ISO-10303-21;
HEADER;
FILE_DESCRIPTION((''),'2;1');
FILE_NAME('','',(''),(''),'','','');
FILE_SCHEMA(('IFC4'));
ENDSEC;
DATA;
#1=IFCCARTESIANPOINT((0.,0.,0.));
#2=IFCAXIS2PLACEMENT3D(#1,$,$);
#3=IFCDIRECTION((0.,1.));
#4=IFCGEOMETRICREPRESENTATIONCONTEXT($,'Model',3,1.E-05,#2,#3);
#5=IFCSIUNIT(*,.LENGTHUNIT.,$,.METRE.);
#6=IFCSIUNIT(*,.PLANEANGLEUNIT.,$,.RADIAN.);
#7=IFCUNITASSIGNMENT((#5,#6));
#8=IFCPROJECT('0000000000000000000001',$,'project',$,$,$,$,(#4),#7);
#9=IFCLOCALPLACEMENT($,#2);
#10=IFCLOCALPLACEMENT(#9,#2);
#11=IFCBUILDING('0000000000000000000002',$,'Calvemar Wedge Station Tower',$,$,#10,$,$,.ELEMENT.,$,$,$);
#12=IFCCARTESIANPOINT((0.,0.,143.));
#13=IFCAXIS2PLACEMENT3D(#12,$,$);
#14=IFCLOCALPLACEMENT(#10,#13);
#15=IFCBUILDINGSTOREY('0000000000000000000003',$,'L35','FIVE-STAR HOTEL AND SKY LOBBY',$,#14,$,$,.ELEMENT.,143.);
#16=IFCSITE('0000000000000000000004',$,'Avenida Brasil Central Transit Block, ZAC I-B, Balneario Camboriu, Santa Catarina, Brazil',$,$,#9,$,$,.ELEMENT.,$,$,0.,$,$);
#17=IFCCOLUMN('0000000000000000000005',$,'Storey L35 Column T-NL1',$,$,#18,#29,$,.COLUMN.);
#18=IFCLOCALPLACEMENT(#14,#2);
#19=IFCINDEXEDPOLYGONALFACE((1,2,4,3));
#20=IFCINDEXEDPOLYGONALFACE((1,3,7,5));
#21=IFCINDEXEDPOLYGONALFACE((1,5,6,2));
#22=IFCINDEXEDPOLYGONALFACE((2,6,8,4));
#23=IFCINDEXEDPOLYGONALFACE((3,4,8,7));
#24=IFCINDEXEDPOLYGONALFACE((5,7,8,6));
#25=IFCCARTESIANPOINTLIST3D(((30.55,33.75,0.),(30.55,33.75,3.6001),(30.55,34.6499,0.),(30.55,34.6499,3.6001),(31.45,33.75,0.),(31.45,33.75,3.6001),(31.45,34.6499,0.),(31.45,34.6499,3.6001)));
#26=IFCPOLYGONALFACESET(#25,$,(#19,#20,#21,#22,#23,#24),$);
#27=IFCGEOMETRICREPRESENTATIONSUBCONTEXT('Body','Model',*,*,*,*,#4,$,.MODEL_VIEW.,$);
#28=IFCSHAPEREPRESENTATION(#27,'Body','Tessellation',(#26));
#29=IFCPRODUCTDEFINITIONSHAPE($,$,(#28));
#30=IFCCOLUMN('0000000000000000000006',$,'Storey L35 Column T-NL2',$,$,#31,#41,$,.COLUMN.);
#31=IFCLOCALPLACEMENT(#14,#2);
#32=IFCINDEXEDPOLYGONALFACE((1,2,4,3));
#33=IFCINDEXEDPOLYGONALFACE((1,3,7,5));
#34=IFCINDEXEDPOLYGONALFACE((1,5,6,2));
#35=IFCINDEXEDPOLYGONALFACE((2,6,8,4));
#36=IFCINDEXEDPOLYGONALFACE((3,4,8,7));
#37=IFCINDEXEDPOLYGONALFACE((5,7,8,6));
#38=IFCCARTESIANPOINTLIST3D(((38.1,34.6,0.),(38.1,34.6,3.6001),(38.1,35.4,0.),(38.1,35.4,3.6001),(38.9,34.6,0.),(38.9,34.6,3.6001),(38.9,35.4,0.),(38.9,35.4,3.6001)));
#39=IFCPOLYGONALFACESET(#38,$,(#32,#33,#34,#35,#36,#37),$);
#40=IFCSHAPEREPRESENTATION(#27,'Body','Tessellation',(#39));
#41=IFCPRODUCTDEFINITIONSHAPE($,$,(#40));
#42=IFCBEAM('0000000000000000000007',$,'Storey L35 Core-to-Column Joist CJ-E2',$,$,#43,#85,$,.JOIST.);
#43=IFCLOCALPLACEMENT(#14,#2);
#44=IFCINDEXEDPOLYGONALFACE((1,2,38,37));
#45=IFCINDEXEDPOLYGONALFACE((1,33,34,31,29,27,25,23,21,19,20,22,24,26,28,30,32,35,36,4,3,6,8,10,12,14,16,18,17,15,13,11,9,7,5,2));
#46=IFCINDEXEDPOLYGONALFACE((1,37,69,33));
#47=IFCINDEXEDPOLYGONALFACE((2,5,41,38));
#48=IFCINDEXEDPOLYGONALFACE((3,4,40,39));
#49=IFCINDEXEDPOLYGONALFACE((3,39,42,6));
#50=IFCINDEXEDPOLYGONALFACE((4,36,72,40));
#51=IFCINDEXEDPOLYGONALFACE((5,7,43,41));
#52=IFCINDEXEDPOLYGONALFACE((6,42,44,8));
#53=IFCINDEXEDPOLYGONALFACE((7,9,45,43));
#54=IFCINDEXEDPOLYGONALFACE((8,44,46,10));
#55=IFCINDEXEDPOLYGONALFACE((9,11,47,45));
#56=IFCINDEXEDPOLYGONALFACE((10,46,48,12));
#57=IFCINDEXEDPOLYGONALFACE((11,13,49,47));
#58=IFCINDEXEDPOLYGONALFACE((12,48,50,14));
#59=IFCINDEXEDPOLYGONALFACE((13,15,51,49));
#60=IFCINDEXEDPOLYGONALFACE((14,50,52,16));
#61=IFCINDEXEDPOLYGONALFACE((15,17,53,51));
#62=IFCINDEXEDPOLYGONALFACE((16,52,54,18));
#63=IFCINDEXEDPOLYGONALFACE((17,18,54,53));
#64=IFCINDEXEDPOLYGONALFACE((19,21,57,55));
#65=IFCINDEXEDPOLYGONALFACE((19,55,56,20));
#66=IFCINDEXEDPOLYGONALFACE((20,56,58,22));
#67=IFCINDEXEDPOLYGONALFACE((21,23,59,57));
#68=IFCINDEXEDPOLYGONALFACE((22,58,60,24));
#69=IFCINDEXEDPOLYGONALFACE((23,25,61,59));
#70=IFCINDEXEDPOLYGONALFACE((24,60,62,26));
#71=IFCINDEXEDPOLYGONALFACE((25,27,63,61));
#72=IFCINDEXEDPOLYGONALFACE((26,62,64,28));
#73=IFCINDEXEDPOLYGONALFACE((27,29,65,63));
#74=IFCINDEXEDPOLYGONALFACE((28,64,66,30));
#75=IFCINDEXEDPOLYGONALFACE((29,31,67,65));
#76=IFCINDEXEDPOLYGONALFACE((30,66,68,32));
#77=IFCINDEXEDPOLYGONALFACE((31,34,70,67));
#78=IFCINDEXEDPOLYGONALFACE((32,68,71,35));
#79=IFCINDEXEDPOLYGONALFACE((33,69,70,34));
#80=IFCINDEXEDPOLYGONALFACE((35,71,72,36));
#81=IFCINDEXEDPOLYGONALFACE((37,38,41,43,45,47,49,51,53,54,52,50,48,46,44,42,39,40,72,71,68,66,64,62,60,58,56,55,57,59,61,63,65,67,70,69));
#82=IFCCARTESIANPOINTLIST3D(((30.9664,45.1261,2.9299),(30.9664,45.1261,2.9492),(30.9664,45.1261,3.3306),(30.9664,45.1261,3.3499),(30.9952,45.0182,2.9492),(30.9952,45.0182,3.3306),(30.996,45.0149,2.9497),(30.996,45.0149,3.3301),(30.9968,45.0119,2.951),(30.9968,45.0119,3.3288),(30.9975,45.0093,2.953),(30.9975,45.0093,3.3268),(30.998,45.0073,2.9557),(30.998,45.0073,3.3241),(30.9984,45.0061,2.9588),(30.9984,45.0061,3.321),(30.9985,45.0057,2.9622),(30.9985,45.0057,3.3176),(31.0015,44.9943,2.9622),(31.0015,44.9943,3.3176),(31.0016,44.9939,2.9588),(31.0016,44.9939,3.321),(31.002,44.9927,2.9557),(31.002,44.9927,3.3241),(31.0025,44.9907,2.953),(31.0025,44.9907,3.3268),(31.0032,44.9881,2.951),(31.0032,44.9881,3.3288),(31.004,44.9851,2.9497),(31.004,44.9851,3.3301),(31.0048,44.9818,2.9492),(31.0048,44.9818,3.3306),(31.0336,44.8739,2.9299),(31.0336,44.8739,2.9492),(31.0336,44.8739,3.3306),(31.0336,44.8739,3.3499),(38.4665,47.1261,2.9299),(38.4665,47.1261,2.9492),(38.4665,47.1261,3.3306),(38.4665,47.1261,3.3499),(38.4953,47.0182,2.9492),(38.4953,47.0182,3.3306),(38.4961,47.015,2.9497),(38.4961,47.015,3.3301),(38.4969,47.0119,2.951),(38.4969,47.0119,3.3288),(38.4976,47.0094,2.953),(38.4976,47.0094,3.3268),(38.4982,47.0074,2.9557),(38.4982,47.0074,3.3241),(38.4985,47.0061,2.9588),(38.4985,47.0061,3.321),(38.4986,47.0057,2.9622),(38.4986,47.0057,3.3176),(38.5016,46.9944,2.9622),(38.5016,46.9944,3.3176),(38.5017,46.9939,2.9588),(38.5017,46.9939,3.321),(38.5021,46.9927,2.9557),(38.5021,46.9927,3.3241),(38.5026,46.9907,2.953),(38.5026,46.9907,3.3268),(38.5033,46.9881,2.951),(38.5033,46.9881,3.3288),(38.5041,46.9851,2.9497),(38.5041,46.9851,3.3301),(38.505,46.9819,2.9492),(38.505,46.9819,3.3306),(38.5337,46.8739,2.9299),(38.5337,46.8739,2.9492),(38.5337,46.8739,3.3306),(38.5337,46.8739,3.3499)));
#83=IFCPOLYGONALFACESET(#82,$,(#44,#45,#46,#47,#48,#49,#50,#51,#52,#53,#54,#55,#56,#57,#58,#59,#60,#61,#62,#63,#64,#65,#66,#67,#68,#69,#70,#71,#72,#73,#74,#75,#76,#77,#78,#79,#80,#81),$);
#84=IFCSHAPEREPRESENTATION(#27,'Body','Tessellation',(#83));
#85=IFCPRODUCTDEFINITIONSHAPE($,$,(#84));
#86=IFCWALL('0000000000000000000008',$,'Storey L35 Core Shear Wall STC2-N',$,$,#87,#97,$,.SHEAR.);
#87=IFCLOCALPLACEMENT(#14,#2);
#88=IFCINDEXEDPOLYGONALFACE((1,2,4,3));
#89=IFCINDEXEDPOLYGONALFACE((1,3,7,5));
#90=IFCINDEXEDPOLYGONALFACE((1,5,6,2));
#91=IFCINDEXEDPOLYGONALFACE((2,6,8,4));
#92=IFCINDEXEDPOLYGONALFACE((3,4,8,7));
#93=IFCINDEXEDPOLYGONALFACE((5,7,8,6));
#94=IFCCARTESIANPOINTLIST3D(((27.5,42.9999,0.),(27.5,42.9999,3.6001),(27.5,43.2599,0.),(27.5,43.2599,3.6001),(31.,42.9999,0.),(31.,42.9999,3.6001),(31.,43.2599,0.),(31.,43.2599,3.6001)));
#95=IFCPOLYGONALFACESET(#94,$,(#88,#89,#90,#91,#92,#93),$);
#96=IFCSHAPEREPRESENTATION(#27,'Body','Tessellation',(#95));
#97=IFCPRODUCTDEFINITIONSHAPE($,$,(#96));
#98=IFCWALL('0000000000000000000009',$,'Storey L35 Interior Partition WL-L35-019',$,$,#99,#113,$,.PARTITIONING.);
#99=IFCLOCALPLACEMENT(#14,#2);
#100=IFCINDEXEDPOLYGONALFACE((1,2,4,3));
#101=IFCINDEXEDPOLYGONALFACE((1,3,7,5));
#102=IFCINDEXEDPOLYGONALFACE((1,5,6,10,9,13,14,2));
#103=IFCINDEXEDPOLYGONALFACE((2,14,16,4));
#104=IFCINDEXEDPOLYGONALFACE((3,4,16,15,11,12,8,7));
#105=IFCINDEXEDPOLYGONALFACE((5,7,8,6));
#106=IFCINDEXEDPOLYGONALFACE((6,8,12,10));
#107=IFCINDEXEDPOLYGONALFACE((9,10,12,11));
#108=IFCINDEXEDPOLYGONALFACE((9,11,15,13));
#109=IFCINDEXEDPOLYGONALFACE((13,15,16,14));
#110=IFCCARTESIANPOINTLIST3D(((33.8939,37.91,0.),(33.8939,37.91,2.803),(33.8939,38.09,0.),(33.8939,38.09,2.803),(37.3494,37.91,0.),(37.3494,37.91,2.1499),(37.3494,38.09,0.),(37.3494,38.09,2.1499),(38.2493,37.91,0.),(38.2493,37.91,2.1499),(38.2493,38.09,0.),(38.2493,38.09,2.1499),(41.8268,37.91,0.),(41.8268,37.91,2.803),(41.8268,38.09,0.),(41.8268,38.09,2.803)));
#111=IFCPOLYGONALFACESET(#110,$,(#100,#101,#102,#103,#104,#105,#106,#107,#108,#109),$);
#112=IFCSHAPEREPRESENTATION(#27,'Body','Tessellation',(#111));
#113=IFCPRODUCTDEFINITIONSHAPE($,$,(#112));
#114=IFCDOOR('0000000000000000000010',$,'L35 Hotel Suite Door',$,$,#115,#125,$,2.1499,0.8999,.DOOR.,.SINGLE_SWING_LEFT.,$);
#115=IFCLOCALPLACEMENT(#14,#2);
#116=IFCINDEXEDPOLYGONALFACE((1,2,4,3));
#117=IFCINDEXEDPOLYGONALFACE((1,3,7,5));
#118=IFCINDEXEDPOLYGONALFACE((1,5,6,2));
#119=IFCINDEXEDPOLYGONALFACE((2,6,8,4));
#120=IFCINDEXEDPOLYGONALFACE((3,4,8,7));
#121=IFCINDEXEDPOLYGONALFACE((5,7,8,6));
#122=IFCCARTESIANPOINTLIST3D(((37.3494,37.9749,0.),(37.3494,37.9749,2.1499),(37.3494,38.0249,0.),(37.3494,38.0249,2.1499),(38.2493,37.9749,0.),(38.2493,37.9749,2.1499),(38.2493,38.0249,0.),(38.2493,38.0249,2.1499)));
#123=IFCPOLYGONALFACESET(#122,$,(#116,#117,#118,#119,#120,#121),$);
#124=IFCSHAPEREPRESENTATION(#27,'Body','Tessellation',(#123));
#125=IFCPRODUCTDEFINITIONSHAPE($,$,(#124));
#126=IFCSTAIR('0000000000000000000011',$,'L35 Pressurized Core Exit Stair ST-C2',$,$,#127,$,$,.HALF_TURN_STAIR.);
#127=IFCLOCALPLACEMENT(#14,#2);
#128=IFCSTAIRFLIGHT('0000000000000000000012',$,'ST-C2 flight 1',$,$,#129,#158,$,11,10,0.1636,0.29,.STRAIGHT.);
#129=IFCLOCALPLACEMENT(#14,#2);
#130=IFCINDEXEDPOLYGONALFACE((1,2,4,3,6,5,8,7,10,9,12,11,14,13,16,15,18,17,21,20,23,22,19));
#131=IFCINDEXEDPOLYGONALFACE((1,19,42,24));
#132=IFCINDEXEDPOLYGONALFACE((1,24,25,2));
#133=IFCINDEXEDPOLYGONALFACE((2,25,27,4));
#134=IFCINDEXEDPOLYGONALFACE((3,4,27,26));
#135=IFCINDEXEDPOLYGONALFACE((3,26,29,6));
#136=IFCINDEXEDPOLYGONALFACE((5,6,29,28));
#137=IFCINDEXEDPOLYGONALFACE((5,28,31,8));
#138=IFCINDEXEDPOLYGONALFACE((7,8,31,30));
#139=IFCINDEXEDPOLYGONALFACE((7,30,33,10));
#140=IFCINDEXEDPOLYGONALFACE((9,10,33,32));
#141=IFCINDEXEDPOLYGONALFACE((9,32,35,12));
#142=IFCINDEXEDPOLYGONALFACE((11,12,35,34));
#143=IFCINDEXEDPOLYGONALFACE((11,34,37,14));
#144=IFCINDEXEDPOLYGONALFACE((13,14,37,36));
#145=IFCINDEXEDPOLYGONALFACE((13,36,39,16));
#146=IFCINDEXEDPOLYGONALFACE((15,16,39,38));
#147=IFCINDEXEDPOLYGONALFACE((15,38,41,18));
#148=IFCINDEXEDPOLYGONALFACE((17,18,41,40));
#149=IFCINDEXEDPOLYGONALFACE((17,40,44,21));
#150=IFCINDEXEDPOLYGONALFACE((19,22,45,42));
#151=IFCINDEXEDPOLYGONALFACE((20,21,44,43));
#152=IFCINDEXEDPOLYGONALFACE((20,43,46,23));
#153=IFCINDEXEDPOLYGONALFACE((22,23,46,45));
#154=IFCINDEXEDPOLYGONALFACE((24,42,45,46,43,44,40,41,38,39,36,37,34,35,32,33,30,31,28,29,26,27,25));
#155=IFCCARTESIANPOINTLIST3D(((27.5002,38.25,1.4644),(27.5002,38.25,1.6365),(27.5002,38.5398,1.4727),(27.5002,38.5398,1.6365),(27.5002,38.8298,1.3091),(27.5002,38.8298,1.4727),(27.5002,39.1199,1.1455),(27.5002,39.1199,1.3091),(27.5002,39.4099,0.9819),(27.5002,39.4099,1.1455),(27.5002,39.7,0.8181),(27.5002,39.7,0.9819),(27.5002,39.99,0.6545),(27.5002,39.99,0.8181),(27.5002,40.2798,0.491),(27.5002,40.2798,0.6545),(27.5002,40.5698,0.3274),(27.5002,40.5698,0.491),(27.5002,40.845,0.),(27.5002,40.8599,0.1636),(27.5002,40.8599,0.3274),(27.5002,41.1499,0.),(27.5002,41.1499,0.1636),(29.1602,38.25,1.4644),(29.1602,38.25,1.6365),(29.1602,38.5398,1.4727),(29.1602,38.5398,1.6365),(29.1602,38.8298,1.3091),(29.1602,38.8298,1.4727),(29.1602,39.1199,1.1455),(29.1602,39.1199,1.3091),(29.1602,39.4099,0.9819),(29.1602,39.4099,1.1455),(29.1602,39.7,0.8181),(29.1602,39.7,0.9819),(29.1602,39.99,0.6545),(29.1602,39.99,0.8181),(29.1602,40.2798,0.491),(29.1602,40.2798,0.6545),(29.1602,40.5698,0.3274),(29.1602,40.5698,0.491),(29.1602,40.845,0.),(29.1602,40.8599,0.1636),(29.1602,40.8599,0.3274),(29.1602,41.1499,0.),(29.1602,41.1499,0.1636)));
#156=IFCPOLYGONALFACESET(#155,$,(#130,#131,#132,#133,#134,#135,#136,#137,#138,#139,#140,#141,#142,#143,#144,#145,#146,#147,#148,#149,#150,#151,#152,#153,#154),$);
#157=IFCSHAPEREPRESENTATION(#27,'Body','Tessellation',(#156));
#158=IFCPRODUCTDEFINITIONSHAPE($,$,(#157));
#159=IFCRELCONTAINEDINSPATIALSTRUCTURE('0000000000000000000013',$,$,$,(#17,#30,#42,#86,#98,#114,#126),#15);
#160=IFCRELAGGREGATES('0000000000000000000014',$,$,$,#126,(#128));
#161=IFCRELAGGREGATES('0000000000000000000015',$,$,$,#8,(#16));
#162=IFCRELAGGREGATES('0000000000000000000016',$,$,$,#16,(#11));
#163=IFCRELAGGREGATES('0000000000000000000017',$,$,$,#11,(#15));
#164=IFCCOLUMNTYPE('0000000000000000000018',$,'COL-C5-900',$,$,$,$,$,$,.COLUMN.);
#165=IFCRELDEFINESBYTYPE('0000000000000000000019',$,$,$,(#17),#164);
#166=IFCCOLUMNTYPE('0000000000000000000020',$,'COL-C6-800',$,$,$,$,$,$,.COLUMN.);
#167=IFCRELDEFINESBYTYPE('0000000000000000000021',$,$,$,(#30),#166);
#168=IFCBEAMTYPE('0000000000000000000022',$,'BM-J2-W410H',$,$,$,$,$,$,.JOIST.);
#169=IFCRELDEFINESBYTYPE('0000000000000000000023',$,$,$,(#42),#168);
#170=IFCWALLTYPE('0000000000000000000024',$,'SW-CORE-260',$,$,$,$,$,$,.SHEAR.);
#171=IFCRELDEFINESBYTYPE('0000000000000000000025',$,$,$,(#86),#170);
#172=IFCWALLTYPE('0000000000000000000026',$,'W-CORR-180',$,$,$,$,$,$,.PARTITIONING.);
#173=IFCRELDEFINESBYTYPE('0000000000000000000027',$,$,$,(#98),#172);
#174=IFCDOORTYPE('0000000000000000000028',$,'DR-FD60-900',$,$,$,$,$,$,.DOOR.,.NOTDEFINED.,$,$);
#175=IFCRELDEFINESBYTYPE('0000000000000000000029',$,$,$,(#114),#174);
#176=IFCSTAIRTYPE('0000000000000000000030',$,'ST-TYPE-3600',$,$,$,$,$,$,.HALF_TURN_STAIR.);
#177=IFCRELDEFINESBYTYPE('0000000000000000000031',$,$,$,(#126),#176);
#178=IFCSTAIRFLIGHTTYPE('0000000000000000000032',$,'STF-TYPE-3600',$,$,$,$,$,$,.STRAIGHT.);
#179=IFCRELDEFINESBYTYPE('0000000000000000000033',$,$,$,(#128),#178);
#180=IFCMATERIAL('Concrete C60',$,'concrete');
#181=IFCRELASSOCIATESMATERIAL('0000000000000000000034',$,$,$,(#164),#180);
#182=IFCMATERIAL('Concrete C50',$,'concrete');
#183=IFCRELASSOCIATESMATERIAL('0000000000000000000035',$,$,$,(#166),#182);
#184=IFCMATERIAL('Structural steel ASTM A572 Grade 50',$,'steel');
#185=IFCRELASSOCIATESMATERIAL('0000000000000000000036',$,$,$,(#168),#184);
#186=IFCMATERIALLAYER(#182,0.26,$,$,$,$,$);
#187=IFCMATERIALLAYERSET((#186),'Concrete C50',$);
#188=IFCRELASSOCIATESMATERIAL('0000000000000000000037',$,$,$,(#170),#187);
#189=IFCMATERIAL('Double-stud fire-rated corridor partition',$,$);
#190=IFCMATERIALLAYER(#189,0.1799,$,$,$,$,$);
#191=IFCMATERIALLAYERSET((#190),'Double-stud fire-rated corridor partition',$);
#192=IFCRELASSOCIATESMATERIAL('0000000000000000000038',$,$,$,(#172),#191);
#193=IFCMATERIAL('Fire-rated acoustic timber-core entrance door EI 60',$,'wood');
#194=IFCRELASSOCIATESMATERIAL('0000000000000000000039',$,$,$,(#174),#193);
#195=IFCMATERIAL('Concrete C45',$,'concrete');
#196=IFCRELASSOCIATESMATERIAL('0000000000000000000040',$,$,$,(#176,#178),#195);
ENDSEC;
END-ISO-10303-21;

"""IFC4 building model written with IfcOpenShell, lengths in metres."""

from ifc_helpers import new_model, si_unit, direction, frame, frame_2d, origin, origin_2d, place, context, subcontext, project, spatial, polyline, rectangle, i_section, outline, extrude, source, transform, mapped, material, layer, layer_set, material_profile, profile_set, type_object, element, fill, aggregate, save


model = new_model("IFC4")

# Units and contexts
model_context = context("Model", 3, precision=1e-05, world=origin(), true_north=direction((0.0, 1.0)))
body_context = subcontext(model_context, "Body", "Model", "MODEL_VIEW")
ifc_project = project(units=[si_unit("LENGTHUNIT", "METRE"), si_unit("PLANEANGLEUNIT", "RADIAN")], contexts=[model_context])

# Site, building, storey
site_placement = place(None, origin())
site = spatial("IfcSite", under=ifc_project, at=site_placement, Name="Avenida Brasil Central Transit Block, ZAC I-B, Balneario Camboriu, Santa Catarina, Brazil", CompositionType="ELEMENT", RefElevation=0.0)
building_placement = place(site_placement, origin())
building = spatial("IfcBuilding", under=site, at=building_placement, Name="Calvemar Wedge Station Tower", CompositionType="ELEMENT")
storey_placement = place(building_placement, frame((0.0, 0.0, 143.0)))
storey = spatial("IfcBuildingStorey", under=building, at=storey_placement, Name="L35", Description="FIVE-STAR HOTEL AND SKY LOBBY", CompositionType="ELEMENT", Elevation=143.0)

# Columns
ifc_material_1 = material(Name="Concrete C60", Category="concrete")
ifc_material_profile_1 = material_profile(ifc_material_1, rectangle(XDim=0.8999, YDim=0.8999, at=origin_2d()), Name="RC900x900")
ifc_profile_set_1 = profile_set([ifc_material_profile_1], Name="Concrete C60")
column_type_1 = type_object("IfcColumnType", Name="COL-C5-900", PredefinedType="COLUMN", material=ifc_profile_set_1)
shared_shape_1 = source(origin(), body_context, "Body", "SweptSolid", [
    extrude(rectangle(XDim=0.8999, YDim=0.8999, at=origin_2d()), origin(), (0.0, 0.0, 1.0), 3.6001),
])
column_1_placement = place(storey_placement, frame((31.0, 34.2, 0.0), z_axis=(0.0, 0.0, 1.0), x_axis=(1.0, 0.0, 0.0)))
element("IfcColumn", 1, at=column_1_placement, inside=storey, type_object=column_type_1, Name="Storey L35 Column T-NL1", PredefinedType="COLUMN", context=body_context, shape_type="MappedRepresentation", body=[
    mapped(shared_shape_1, transform((0.0, 0.0, 0.0), scale=1.0)),
])
ifc_material_2 = material(Name="Concrete C50", Category="concrete")
ifc_material_profile_2 = material_profile(ifc_material_2, rectangle(XDim=0.8, YDim=0.8, at=origin_2d()), Name="RC800x800")
ifc_profile_set_2 = profile_set([ifc_material_profile_2], Name="Concrete C50")
column_type_2 = type_object("IfcColumnType", Name="COL-C6-800", PredefinedType="COLUMN", material=ifc_profile_set_2)
shared_shape_2 = source(origin(), body_context, "Body", "SweptSolid", [
    extrude(rectangle(XDim=0.8, YDim=0.8, at=origin_2d()), origin(), (0.0, 0.0, 1.0), 3.6001),
])
column_2_placement = place(storey_placement, frame((38.5, 35.0, 0.0), z_axis=(0.0, 0.0, 1.0), x_axis=(1.0, 0.0, 0.0)))
element("IfcColumn", 2, at=column_2_placement, inside=storey, type_object=column_type_2, Name="Storey L35 Column T-NL2", PredefinedType="COLUMN", context=body_context, shape_type="MappedRepresentation", body=[
    mapped(shared_shape_2, transform((0.0, 0.0, 0.0), scale=1.0)),
])

# Beam
ifc_material_3 = material(Name="Structural steel ASTM A572 Grade 50", Category="steel")
ifc_material_profile_3 = material_profile(ifc_material_3, i_section(OverallWidth=0.261, OverallDepth=0.4199, WebThickness=0.0117, FlangeThickness=0.0193, FilletRadius=0.0129, at=origin_2d()), Name="W410x114")
ifc_profile_set_3 = profile_set([ifc_material_profile_3], Name="Structural steel ASTM A572 Grade 50")
beam_type = type_object("IfcBeamType", Name="BM-J2-W410H", PredefinedType="JOIST", material=ifc_profile_set_3)
shared_shape_3 = source(origin(), body_context, "Body", "SweptSolid", [
    extrude(i_section(OverallWidth=0.261, OverallDepth=0.4199, WebThickness=0.0117, FlangeThickness=0.0193, FilletRadius=0.0129, at=origin_2d()), origin(), (0.0, 0.0, 1.0), 7.7622),
])
beam_placement = place(storey_placement, frame((31.0, 45.0, 3.1399), z_axis=(0.966235, 0.257663, 0.0), x_axis=(-0.257663, 0.966235, 0.0)))
element("IfcBeam", 3, at=beam_placement, inside=storey, type_object=beam_type, Name="Storey L35 Core-to-Column Joist CJ-E2", PredefinedType="JOIST", context=body_context, shape_type="MappedRepresentation", body=[
    mapped(shared_shape_3, transform((0.0, 0.0, 0.0), scale=1.0)),
])

# Wall
ifc_layer_1 = layer(ifc_material_2, 0.26)
ifc_layer_set_1 = layer_set([ifc_layer_1], Name="Concrete C50")
wall_type_1 = type_object("IfcWallType", Name="SW-CORE-260", PredefinedType="SHEAR", material=ifc_layer_set_1)
wall_1_placement = place(storey_placement, frame((27.5, 43.1299, 0.0), z_axis=(0.0, 0.0, 1.0), x_axis=(1.0, 0.0, 0.0)))
element("IfcWall", 4, at=wall_1_placement, inside=storey, type_object=wall_type_1, Name="Storey L35 Core Shear Wall STC2-N", PredefinedType="SHEAR", context=body_context, shape_type="SweptSolid", body=[
    extrude(rectangle(XDim=3.5, YDim=0.26, at=frame_2d((1.75, 0.0))), origin(), (0.0, 0.0, 1.0), 3.6001),
])

# Wall, opening, door
ifc_material_4 = material(Name="Double-stud fire-rated corridor partition")
ifc_layer_2 = layer(ifc_material_4, 0.1799)
ifc_layer_set_2 = layer_set([ifc_layer_2], Name="Double-stud fire-rated corridor partition")
wall_type_2 = type_object("IfcWallType", Name="W-CORR-180", PredefinedType="PARTITIONING", material=ifc_layer_set_2)
wall_2_placement = place(storey_placement, frame((33.894, 38.0, 0.0), z_axis=(0.0, 0.0, 1.0), x_axis=(1.0, 0.0, 0.0)))
wall_2 = element("IfcWall", 5, at=wall_2_placement, inside=storey, type_object=wall_type_2, Name="Storey L35 Interior Partition WL-L35-019", PredefinedType="PARTITIONING", context=body_context, shape_type="SweptSolid", body=[
    extrude(rectangle(XDim=7.9329, YDim=0.1799, at=frame_2d((3.9663, 0.0))), origin(), (0.0, 0.0, 1.0), 2.803),
])
shared_shape_4 = source(origin(), body_context, "Body", "SweptSolid", [
    extrude(rectangle(XDim=0.8999, YDim=2.1499, at=frame_2d((0.45, 1.075))), frame((0.0, 0.1001, 0.0), z_axis=(0.0, -1.0, 0.0), x_axis=(1.0, 0.0, 0.0)), (0.0, 0.0, 1.0), 0.2),
])
opening_1_placement = place(wall_2_placement, frame((3.4553, 0.0, 0.0)))
opening_1 = element("IfcOpeningElement", 6, at=opening_1_placement, cuts=wall_2, PredefinedType="OPENING", context=body_context, shape_type="MappedRepresentation", body=[
    mapped(shared_shape_4, transform((0.0, 0.0, 0.0), scale=1.0)),
])
ifc_material_5 = material(Name="Fire-rated acoustic timber-core entrance door EI 60", Category="wood")
door_type_1 = type_object("IfcDoorType", Name="DR-FD60-900", OperationType="NOTDEFINED", PredefinedType="DOOR", material=ifc_material_5)
shared_shape_5 = source(origin(), body_context, "Body", "SweptSolid", [
    extrude(rectangle(XDim=0.8999, YDim=2.1499, at=frame_2d((0.45, 1.075))), frame((0.0, 0.0249, 0.0), z_axis=(0.0, -1.0, 0.0), x_axis=(1.0, 0.0, 0.0)), (0.0, 0.0, 1.0), 0.05),
])
door_1_placement = place(opening_1_placement, origin())
door_1 = element("IfcDoor", 7, at=door_1_placement, inside=storey, type_object=door_type_1, Name="L35 Hotel Suite Door", OperationType="SINGLE_SWING_LEFT", OverallHeight=2.1499, OverallWidth=0.8999, PredefinedType="DOOR", context=body_context, shape_type="MappedRepresentation", body=[
    mapped(shared_shape_5, transform((0.0, 0.0, 0.0), scale=1.0)),
])
fill(opening_1, door_1)

# Stair, stair flight
ifc_material_6 = material(Name="Concrete C45", Category="concrete")
stair_type = type_object("IfcStairType", Name="ST-TYPE-3600", PredefinedType="HALF_TURN_STAIR", material=ifc_material_6)
stair_placement = place(storey_placement, origin())
stair = element("IfcStair", 8, at=stair_placement, inside=storey, type_object=stair_type, Name="L35 Pressurized Core Exit Stair ST-C2", PredefinedType="HALF_TURN_STAIR")
stair_flight_type = type_object("IfcStairFlightType", Name="STF-TYPE-3600", PredefinedType="STRAIGHT", material=ifc_material_6)
stair_flight_1_placement = place(storey_placement, frame((28.3301, 41.1499, 0.0), z_axis=(0.0, 0.0, 1.0), x_axis=(0.0, -1.0, 0.0)))
stair_flight_1 = element("IfcStairFlight", 9, at=stair_flight_1_placement, type_object=stair_flight_type, Name="ST-C2 flight 1", NumberOfRisers=11, NumberOfTreads=10, PredefinedType="STRAIGHT", RiserHeight=0.1636, TreadLength=0.29, context=body_context, shape_type="SweptSolid", body=[
    extrude(outline(polyline([(0.0, 0.0), (0.0, 0.1636), (0.29, 0.1636), (0.29, 0.3274), (0.5801, 0.3274), (0.5801, 0.491), (0.8701, 0.491), (0.8701, 0.6545), (1.1599, 0.6545), (1.1599, 0.8181), (1.45, 0.8181), (1.45, 0.9819), (1.74, 0.9819), (1.74, 1.1455), (2.03, 1.1455), (2.03, 1.3091), (2.3201, 1.3091), (2.3201, 1.4727), (2.6101, 1.4727), (2.6101, 1.6365), (2.8999, 1.6365), (2.8999, 1.8), (2.8999, 1.4644), (0.3049, 0.0), (0.0, 0.0)])), frame((0.0, 0.8301, 0.0), z_axis=(0.0, -1.0, 0.0), x_axis=(1.0, 0.0, 0.0)), (0.0, 0.0, 1.0), 1.6599),
])
aggregate(stair, [stair_flight_1])

save(model, "model.ifc")
